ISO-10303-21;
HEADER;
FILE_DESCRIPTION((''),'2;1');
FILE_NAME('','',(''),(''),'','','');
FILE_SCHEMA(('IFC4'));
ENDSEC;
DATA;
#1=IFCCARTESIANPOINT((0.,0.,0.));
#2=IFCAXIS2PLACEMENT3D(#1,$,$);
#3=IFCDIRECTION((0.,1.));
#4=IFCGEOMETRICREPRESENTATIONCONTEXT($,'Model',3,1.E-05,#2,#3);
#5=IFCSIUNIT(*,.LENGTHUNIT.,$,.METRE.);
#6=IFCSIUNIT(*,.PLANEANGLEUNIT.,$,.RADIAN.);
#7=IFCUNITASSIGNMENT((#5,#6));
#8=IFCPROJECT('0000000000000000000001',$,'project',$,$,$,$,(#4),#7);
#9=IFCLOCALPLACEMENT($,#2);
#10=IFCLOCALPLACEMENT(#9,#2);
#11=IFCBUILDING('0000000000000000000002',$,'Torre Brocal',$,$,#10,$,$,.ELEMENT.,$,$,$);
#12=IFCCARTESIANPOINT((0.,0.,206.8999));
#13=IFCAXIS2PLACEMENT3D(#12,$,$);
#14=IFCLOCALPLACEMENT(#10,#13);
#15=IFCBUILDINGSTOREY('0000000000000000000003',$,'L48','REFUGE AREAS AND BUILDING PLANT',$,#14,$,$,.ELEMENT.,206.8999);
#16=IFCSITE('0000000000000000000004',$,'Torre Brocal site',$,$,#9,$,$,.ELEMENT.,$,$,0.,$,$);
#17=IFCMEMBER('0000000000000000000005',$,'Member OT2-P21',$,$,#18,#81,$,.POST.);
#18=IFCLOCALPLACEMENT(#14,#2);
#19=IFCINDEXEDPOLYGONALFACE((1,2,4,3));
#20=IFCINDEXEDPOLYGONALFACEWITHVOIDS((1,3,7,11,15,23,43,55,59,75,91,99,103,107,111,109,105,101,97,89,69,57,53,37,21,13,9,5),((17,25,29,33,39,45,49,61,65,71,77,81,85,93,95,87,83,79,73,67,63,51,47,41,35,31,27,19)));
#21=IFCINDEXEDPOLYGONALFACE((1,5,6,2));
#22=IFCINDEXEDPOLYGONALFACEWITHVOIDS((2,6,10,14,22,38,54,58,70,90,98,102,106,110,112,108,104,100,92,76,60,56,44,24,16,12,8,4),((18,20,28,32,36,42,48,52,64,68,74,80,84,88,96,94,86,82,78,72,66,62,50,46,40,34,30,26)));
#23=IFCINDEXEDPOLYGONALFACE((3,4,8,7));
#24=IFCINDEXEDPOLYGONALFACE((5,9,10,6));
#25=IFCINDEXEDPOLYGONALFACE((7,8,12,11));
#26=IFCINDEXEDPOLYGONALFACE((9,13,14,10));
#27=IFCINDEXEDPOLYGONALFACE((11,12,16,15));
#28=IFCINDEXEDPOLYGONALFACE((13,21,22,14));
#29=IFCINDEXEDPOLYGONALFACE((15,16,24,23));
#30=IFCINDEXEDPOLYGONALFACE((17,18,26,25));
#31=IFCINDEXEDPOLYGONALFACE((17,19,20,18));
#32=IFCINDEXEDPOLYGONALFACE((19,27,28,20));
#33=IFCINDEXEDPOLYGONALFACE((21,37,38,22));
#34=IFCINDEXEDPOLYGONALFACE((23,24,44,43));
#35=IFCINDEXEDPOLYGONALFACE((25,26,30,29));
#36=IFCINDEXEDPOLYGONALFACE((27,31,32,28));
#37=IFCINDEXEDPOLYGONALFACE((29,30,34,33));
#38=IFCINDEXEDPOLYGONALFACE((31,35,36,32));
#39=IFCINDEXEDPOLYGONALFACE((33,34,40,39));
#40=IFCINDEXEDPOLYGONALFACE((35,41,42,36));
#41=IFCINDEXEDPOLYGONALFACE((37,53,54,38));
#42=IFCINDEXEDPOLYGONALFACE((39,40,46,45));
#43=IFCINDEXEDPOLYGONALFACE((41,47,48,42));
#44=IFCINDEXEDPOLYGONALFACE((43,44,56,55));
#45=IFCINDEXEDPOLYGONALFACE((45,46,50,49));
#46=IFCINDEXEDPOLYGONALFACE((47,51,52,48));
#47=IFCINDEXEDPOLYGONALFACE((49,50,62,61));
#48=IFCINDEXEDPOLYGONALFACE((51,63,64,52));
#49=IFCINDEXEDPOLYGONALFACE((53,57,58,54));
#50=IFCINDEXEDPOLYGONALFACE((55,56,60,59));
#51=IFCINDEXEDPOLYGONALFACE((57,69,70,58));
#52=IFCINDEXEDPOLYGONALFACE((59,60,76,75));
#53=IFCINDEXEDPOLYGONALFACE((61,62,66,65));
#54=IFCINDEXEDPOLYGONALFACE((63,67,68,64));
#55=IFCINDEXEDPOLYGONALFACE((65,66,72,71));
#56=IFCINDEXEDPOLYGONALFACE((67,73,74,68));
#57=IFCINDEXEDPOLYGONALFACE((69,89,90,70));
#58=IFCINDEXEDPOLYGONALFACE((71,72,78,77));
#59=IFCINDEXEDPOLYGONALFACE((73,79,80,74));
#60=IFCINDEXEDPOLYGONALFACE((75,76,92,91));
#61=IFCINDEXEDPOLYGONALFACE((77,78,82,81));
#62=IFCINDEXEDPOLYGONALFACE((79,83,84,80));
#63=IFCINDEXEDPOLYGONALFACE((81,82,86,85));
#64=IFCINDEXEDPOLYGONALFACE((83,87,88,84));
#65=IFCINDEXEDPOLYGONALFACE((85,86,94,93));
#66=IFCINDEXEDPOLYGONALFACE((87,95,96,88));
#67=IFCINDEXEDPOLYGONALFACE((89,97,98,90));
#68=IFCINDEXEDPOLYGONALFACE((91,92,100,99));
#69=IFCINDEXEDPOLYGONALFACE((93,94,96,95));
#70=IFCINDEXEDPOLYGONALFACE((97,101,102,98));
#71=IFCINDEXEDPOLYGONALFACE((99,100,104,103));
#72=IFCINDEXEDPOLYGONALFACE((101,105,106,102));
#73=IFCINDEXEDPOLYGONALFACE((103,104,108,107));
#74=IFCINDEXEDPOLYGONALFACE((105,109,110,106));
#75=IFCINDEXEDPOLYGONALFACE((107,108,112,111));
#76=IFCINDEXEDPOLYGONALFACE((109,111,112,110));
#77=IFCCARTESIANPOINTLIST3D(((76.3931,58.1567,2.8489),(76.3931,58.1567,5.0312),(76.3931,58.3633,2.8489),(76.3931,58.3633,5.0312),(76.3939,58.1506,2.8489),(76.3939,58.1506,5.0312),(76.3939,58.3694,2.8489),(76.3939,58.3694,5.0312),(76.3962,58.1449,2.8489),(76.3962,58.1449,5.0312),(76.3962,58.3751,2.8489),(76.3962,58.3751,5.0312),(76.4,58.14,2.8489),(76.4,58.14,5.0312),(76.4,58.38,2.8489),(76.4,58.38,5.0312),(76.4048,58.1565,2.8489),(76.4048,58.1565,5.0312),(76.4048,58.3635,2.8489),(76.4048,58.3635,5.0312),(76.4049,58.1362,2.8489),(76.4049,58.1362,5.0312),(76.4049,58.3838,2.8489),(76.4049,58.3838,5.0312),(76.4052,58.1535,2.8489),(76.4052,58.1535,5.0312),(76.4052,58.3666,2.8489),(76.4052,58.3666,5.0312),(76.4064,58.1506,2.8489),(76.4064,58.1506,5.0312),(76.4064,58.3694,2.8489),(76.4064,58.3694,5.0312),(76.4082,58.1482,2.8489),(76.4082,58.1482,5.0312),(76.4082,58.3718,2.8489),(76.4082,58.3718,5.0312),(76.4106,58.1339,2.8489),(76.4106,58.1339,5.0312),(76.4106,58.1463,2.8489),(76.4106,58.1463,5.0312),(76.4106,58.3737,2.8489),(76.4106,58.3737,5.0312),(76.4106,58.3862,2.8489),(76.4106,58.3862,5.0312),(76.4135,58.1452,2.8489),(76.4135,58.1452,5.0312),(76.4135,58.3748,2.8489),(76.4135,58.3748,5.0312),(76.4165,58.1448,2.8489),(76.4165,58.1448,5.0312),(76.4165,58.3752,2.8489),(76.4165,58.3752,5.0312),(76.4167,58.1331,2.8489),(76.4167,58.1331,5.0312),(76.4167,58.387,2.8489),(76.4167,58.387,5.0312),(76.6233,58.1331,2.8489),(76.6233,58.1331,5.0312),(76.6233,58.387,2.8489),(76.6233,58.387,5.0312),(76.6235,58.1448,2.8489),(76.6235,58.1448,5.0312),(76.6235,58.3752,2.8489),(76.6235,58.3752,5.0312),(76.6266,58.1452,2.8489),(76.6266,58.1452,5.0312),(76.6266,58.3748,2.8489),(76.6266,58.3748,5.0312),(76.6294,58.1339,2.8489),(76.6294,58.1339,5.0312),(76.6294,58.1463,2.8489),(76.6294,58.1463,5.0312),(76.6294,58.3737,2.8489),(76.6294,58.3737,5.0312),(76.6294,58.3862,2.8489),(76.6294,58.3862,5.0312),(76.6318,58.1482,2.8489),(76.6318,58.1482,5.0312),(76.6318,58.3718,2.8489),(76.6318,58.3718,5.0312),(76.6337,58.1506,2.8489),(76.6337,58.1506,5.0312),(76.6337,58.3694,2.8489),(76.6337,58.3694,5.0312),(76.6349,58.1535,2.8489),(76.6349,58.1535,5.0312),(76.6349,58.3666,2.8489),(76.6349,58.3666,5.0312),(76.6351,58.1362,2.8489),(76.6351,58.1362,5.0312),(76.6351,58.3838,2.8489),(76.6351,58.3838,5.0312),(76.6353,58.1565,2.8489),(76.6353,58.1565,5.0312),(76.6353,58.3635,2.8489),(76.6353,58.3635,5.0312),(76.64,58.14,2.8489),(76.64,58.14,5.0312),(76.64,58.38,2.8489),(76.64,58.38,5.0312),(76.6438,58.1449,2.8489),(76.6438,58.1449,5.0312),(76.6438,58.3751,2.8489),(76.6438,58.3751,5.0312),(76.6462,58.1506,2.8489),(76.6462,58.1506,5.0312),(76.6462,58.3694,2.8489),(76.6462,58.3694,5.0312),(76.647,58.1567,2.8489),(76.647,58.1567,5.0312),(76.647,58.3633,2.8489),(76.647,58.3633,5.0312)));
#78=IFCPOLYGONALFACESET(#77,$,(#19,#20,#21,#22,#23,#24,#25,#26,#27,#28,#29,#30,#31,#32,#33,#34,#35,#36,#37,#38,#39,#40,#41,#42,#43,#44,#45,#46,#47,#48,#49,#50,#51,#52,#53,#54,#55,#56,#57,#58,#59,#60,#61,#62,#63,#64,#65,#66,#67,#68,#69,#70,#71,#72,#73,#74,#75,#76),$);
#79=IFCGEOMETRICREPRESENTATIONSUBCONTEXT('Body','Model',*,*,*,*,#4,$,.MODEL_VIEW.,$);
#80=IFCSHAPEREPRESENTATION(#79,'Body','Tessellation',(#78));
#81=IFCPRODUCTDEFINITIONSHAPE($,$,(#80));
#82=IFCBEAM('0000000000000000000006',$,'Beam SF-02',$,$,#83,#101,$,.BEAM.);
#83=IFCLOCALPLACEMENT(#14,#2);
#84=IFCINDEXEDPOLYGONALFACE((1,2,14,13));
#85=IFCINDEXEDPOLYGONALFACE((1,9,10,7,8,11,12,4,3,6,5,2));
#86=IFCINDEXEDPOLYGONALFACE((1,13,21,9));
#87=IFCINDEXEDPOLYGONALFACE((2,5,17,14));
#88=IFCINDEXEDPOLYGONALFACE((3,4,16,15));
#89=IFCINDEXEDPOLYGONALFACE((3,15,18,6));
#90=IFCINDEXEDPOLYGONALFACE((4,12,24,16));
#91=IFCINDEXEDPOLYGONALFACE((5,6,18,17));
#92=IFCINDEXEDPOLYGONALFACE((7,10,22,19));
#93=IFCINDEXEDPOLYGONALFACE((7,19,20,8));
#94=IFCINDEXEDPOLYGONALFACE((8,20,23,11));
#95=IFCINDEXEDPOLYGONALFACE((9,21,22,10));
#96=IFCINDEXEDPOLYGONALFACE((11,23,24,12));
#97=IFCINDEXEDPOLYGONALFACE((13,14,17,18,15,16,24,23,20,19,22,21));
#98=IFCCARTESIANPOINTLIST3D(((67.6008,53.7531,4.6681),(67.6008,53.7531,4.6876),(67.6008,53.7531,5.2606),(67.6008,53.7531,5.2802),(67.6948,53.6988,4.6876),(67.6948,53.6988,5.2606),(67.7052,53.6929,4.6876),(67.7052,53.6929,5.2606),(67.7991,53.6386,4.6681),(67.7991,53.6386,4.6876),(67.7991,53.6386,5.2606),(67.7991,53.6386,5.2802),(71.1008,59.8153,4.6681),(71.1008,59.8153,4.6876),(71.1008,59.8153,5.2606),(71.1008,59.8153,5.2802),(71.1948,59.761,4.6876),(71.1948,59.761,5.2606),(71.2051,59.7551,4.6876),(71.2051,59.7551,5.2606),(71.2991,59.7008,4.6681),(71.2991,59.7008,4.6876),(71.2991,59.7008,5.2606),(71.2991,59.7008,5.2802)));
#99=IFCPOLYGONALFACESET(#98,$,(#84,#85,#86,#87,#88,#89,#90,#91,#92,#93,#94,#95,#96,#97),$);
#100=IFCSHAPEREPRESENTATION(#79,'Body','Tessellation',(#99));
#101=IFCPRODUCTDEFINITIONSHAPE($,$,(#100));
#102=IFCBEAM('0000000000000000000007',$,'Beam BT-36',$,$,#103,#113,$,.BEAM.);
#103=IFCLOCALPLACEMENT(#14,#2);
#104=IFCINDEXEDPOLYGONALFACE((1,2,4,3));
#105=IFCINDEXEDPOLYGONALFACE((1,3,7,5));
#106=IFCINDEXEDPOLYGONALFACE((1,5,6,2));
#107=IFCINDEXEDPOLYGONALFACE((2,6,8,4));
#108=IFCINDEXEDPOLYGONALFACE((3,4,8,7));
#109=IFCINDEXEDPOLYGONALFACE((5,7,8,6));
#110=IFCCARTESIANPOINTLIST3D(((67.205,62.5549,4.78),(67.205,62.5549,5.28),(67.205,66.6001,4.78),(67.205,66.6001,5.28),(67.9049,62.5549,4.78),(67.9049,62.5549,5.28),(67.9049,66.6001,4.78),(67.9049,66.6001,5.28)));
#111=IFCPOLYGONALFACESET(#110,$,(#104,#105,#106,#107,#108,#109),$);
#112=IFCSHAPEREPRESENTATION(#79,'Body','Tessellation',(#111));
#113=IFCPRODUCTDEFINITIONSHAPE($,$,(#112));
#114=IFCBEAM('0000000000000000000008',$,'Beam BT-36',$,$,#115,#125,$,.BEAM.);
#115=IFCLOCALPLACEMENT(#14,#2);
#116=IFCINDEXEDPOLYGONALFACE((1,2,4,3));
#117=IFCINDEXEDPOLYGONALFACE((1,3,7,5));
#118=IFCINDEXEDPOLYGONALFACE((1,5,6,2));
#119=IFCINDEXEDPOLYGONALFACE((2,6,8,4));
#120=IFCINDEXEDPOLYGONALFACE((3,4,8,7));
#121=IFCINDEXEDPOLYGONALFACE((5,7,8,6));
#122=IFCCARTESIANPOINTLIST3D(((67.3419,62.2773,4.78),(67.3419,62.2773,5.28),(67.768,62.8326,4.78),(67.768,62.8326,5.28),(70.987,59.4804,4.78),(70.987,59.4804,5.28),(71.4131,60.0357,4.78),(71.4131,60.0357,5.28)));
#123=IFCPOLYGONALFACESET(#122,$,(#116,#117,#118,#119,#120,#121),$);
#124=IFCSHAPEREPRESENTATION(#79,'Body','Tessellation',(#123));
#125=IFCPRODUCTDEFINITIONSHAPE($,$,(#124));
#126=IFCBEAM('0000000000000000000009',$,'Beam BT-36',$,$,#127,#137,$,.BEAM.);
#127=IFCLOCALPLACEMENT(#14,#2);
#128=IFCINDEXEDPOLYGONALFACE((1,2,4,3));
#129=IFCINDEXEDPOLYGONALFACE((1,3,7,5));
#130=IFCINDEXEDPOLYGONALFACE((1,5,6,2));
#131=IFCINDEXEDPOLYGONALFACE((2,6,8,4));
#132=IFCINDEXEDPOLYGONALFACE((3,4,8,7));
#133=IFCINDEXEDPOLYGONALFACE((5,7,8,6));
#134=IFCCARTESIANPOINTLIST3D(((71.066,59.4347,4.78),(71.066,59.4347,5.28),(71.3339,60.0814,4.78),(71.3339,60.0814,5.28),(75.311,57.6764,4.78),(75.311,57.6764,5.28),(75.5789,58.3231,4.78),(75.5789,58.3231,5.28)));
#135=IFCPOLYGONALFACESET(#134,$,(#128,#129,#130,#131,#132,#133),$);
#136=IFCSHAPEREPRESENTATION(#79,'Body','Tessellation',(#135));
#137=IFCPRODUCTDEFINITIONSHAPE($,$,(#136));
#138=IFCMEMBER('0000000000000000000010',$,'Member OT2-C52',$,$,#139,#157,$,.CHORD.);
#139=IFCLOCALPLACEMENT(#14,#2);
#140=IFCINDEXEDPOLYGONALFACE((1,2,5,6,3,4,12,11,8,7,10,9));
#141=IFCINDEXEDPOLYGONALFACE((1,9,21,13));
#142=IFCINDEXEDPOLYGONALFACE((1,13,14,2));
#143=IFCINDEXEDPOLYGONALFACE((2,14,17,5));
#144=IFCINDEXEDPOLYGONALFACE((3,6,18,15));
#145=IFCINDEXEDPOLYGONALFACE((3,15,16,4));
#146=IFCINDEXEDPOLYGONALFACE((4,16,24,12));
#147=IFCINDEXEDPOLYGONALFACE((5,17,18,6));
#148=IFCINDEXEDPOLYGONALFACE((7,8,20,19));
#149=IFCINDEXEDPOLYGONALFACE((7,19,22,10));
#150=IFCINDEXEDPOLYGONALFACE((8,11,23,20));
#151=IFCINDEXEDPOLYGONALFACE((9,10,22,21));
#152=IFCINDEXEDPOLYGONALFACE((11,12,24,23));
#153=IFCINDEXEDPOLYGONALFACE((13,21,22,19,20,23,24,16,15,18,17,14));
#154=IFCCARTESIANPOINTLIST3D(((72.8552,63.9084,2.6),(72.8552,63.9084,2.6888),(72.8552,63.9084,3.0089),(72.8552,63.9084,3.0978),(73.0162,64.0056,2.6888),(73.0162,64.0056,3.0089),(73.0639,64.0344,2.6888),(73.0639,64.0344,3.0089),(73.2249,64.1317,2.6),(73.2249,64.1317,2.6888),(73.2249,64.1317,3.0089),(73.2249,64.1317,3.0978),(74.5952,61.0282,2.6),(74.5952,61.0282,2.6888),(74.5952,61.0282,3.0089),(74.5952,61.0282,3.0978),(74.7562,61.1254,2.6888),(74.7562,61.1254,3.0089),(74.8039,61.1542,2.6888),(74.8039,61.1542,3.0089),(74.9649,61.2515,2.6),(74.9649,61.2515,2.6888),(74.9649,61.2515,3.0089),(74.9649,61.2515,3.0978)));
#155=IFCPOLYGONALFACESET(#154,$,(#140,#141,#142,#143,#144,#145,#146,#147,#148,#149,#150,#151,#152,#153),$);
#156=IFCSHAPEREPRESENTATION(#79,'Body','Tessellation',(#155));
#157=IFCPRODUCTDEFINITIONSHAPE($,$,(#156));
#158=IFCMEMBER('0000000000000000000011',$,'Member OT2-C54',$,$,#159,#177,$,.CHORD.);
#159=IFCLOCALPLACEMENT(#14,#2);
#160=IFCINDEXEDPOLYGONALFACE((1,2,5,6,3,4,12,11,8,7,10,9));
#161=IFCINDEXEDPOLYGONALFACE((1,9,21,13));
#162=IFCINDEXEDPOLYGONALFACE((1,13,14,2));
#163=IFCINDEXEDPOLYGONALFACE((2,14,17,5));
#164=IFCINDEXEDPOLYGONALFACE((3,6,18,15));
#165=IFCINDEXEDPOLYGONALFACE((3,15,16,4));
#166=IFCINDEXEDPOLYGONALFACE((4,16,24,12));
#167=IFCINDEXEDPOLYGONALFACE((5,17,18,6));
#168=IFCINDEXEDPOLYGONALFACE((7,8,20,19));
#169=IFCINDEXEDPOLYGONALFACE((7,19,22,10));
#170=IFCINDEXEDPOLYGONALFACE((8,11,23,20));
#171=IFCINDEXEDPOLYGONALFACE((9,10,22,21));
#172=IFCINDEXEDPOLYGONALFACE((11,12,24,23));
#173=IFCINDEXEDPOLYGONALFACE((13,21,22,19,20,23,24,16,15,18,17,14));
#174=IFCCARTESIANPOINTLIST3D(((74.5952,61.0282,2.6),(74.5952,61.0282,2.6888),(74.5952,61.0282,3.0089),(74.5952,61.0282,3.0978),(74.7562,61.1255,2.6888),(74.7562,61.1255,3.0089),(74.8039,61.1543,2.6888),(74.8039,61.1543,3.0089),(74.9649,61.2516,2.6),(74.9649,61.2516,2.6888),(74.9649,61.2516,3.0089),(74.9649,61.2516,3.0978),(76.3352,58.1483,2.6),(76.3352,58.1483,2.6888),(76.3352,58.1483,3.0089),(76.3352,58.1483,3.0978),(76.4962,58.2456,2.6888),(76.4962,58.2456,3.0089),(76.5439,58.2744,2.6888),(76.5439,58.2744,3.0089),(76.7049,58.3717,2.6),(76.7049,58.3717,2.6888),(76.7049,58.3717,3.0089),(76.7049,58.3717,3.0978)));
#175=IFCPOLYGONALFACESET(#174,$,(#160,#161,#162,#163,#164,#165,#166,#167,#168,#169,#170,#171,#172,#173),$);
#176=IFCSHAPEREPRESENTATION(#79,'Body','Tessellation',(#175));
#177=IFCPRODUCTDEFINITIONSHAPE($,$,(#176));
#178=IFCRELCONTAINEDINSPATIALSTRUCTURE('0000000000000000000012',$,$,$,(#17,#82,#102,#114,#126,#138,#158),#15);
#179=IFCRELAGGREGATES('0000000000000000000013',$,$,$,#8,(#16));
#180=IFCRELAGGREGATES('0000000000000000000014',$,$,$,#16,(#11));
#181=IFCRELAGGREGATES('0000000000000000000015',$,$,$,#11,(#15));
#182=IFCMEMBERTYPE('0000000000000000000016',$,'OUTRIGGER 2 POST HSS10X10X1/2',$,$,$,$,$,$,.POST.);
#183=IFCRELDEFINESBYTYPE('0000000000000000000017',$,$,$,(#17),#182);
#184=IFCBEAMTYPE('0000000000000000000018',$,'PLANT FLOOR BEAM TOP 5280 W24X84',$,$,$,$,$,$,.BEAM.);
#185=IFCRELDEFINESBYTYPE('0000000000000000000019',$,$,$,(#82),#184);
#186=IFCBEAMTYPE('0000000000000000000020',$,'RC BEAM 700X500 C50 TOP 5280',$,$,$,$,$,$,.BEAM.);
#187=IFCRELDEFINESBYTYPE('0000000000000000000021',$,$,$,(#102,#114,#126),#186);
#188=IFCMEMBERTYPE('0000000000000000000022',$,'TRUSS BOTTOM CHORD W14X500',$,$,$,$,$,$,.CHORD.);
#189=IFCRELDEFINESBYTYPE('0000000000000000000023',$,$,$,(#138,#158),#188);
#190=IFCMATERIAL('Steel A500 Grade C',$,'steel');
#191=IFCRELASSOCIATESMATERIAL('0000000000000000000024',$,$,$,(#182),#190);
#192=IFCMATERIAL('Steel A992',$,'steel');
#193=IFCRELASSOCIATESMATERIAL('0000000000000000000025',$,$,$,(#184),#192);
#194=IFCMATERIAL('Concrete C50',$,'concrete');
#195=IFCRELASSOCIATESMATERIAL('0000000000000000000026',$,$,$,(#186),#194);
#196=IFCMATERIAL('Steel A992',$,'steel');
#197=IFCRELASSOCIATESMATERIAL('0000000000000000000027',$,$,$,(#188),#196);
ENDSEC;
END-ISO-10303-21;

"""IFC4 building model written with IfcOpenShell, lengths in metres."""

from ifc_helpers import new_model, si_unit, direction, frame, origin, origin_2d, place, context, subcontext, project, spatial, rectangle, hollow_rectangle, i_section, extrude, material, material_profile, profile_set, type_object, element, save


model = new_model("IFC4")

# Units and contexts
model_context = context("Model", 3, precision=1e-05, world=origin(), true_north=direction((0.0, 1.0)))
body_context = subcontext(model_context, "Body", "Model", "MODEL_VIEW")
ifc_project = project(units=[si_unit("LENGTHUNIT", "METRE"), si_unit("PLANEANGLEUNIT", "RADIAN")], contexts=[model_context])

# Site, building, storey
site_placement = place(None, origin())
site = spatial("IfcSite", under=ifc_project, at=site_placement, Name="Torre Brocal site", CompositionType="ELEMENT", RefElevation=0.0)
building_placement = place(site_placement, origin())
building = spatial("IfcBuilding", under=site, at=building_placement, Name="Torre Brocal", CompositionType="ELEMENT")
storey_placement = place(building_placement, frame((0.0, 0.0, 206.8999)))
storey = spatial("IfcBuildingStorey", under=building, at=storey_placement, Name="L48", Description="REFUGE AREAS AND BUILDING PLANT", CompositionType="ELEMENT", Elevation=206.8999)

# Member
ifc_material_1 = material(Name="Steel A500 Grade C", Category="steel")
ifc_material_profile_1 = material_profile(ifc_material_1, hollow_rectangle(XDim=0.2539, YDim=0.2539, WallThickness=0.0117, InnerFilletRadius=0.0117, OuterFilletRadius=0.0237, at=origin_2d()), Name="HSS10X10X1/2")
ifc_profile_set_1 = profile_set([ifc_material_profile_1], Name="Steel A500 Grade C")
member_type_1 = type_object("IfcMemberType", Name="OUTRIGGER 2 POST HSS10X10X1/2", PredefinedType="POST", material=ifc_profile_set_1)
for number, where, z_axis, x_axis, name in (
    (1, (76.52, 58.26, 2.8489), (0.0, 0.0, 1.0), (1.0, 0.0, 0.0), "Member OT2-P21"),
):
    element("IfcMember", number, at=place(storey_placement, frame(where, z_axis=z_axis, x_axis=x_axis)), inside=storey, type_object=member_type_1, Name=name, PredefinedType="POST", context=body_context, shape_type="SweptSolid", body=[
        extrude(hollow_rectangle(XDim=0.2539, YDim=0.2539, WallThickness=0.0117, InnerFilletRadius=0.0117, OuterFilletRadius=0.0237, at=origin_2d()), origin(), (0.0, 0.0, 1.0), 2.1824),
    ])

# Beams
ifc_material_2 = material(Name="Steel A992", Category="steel")
ifc_material_profile_2 = material_profile(ifc_material_2, i_section(OverallWidth=0.229, OverallDepth=0.6121, WebThickness=0.012, FlangeThickness=0.0195, at=origin_2d()), Name="W24X84")
ifc_profile_set_2 = profile_set([ifc_material_profile_2], Name="Steel A992")
beam_type_1 = type_object("IfcBeamType", Name="PLANT FLOOR BEAM TOP 5280 W24X84", PredefinedType="BEAM", material=ifc_profile_set_2)
beam_1_placement = place(storey_placement, frame((71.2, 59.7581, 4.9741), z_axis=(-0.499995, -0.866028, 0.0), x_axis=(0.866028, -0.499995, 0.0)))
element("IfcBeam", 2, at=beam_1_placement, inside=storey, type_object=beam_type_1, Name="Beam SF-02", PredefinedType="BEAM", context=body_context, shape_type="SweptSolid", body=[
    extrude(i_section(OverallWidth=0.229, OverallDepth=0.6121, WebThickness=0.012, FlangeThickness=0.0195, at=origin_2d()), origin(), (0.0, 0.0, 1.0), 7.0),
])
ifc_material_3 = material(Name="Concrete C50", Category="concrete")
ifc_material_profile_3 = material_profile(ifc_material_3, rectangle(XDim=0.7, YDim=0.5, at=origin_2d()), Name="RC 700X500")
ifc_profile_set_3 = profile_set([ifc_material_profile_3], Name="Concrete C50")
beam_type_2 = type_object("IfcBeamType", Name="RC BEAM 700X500 C50 TOP 5280", PredefinedType="BEAM", material=ifc_profile_set_3)
beam_2_placement = place(storey_placement, frame((67.5549, 62.5549, 5.03), z_axis=(0.0, 1.0, 0.0), x_axis=(-1.0, 0.0, 0.0)))
element("IfcBeam", 3, at=beam_2_placement, inside=storey, type_object=beam_type_2, Name="Beam BT-36", PredefinedType="BEAM", context=body_context, shape_type="SweptSolid", body=[
    extrude(rectangle(XDim=0.7, YDim=0.5, at=origin_2d()), origin(), (0.0, 0.0, 1.0), 4.0452),
])
beam_3_placement = place(storey_placement, frame((67.5549, 62.5549, 5.03), z_axis=(0.793358, -0.608755, 0.0), x_axis=(0.608755, 0.793358, 0.0)))
element("IfcBeam", 4, at=beam_3_placement, inside=storey, type_object=beam_type_2, Name="Beam BT-36", PredefinedType="BEAM", context=body_context, shape_type="SweptSolid", body=[
    extrude(rectangle(XDim=0.7, YDim=0.5, at=origin_2d()), origin(), (0.0, 0.0, 1.0), 4.5945),
])
beam_4_placement = place(storey_placement, frame((71.2, 59.7581, 5.03), z_axis=(0.923878, -0.382687, 0.0), x_axis=(0.382687, 0.923878, 0.0)))
element("IfcBeam", 5, at=beam_4_placement, inside=storey, type_object=beam_type_2, Name="Beam BT-36", PredefinedType="BEAM", context=body_context, shape_type="SweptSolid", body=[
    extrude(rectangle(XDim=0.7, YDim=0.5, at=origin_2d()), origin(), (0.0, 0.0, 1.0), 4.5947),
])

# Members
ifc_material_4 = material(Name="Steel A992", Category="steel")
ifc_material_profile_4 = material_profile(ifc_material_4, i_section(OverallWidth=0.4319, OverallDepth=0.4978, WebThickness=0.0557, FlangeThickness=0.0889, at=origin_2d()), Name="W14X500")
ifc_profile_set_4 = profile_set([ifc_material_profile_4], Name="Steel A992")
member_type_2 = type_object("IfcMemberType", Name="TRUSS BOTTOM CHORD W14X500", PredefinedType="CHORD", material=ifc_profile_set_4)
member_1_placement = place(storey_placement, frame((73.04, 64.02, 2.8489), z_axis=(0.517097, -0.855927, 0.0), x_axis=(0.855927, 0.517097, 0.0)))
element("IfcMember", 6, at=member_1_placement, inside=storey, type_object=member_type_2, Name="Member OT2-C52", PredefinedType="CHORD", context=body_context, shape_type="SweptSolid", body=[
    extrude(i_section(OverallWidth=0.4319, OverallDepth=0.4978, WebThickness=0.0557, FlangeThickness=0.0889, at=origin_2d()), origin(), (0.0, 0.0, 1.0), 3.365),
])
member_2_placement = place(storey_placement, frame((74.78, 61.1399, 2.8489), z_axis=(0.517129, -0.855908, 0.0), x_axis=(0.855908, 0.517129, 0.0)))
element("IfcMember", 7, at=member_2_placement, inside=storey, type_object=member_type_2, Name="Member OT2-C54", PredefinedType="CHORD", context=body_context, shape_type="SweptSolid", body=[
    extrude(i_section(OverallWidth=0.4319, OverallDepth=0.4978, WebThickness=0.0557, FlangeThickness=0.0889, at=origin_2d()), origin(), (0.0, 0.0, 1.0), 3.3647),
])

save(model, "model.ifc")
